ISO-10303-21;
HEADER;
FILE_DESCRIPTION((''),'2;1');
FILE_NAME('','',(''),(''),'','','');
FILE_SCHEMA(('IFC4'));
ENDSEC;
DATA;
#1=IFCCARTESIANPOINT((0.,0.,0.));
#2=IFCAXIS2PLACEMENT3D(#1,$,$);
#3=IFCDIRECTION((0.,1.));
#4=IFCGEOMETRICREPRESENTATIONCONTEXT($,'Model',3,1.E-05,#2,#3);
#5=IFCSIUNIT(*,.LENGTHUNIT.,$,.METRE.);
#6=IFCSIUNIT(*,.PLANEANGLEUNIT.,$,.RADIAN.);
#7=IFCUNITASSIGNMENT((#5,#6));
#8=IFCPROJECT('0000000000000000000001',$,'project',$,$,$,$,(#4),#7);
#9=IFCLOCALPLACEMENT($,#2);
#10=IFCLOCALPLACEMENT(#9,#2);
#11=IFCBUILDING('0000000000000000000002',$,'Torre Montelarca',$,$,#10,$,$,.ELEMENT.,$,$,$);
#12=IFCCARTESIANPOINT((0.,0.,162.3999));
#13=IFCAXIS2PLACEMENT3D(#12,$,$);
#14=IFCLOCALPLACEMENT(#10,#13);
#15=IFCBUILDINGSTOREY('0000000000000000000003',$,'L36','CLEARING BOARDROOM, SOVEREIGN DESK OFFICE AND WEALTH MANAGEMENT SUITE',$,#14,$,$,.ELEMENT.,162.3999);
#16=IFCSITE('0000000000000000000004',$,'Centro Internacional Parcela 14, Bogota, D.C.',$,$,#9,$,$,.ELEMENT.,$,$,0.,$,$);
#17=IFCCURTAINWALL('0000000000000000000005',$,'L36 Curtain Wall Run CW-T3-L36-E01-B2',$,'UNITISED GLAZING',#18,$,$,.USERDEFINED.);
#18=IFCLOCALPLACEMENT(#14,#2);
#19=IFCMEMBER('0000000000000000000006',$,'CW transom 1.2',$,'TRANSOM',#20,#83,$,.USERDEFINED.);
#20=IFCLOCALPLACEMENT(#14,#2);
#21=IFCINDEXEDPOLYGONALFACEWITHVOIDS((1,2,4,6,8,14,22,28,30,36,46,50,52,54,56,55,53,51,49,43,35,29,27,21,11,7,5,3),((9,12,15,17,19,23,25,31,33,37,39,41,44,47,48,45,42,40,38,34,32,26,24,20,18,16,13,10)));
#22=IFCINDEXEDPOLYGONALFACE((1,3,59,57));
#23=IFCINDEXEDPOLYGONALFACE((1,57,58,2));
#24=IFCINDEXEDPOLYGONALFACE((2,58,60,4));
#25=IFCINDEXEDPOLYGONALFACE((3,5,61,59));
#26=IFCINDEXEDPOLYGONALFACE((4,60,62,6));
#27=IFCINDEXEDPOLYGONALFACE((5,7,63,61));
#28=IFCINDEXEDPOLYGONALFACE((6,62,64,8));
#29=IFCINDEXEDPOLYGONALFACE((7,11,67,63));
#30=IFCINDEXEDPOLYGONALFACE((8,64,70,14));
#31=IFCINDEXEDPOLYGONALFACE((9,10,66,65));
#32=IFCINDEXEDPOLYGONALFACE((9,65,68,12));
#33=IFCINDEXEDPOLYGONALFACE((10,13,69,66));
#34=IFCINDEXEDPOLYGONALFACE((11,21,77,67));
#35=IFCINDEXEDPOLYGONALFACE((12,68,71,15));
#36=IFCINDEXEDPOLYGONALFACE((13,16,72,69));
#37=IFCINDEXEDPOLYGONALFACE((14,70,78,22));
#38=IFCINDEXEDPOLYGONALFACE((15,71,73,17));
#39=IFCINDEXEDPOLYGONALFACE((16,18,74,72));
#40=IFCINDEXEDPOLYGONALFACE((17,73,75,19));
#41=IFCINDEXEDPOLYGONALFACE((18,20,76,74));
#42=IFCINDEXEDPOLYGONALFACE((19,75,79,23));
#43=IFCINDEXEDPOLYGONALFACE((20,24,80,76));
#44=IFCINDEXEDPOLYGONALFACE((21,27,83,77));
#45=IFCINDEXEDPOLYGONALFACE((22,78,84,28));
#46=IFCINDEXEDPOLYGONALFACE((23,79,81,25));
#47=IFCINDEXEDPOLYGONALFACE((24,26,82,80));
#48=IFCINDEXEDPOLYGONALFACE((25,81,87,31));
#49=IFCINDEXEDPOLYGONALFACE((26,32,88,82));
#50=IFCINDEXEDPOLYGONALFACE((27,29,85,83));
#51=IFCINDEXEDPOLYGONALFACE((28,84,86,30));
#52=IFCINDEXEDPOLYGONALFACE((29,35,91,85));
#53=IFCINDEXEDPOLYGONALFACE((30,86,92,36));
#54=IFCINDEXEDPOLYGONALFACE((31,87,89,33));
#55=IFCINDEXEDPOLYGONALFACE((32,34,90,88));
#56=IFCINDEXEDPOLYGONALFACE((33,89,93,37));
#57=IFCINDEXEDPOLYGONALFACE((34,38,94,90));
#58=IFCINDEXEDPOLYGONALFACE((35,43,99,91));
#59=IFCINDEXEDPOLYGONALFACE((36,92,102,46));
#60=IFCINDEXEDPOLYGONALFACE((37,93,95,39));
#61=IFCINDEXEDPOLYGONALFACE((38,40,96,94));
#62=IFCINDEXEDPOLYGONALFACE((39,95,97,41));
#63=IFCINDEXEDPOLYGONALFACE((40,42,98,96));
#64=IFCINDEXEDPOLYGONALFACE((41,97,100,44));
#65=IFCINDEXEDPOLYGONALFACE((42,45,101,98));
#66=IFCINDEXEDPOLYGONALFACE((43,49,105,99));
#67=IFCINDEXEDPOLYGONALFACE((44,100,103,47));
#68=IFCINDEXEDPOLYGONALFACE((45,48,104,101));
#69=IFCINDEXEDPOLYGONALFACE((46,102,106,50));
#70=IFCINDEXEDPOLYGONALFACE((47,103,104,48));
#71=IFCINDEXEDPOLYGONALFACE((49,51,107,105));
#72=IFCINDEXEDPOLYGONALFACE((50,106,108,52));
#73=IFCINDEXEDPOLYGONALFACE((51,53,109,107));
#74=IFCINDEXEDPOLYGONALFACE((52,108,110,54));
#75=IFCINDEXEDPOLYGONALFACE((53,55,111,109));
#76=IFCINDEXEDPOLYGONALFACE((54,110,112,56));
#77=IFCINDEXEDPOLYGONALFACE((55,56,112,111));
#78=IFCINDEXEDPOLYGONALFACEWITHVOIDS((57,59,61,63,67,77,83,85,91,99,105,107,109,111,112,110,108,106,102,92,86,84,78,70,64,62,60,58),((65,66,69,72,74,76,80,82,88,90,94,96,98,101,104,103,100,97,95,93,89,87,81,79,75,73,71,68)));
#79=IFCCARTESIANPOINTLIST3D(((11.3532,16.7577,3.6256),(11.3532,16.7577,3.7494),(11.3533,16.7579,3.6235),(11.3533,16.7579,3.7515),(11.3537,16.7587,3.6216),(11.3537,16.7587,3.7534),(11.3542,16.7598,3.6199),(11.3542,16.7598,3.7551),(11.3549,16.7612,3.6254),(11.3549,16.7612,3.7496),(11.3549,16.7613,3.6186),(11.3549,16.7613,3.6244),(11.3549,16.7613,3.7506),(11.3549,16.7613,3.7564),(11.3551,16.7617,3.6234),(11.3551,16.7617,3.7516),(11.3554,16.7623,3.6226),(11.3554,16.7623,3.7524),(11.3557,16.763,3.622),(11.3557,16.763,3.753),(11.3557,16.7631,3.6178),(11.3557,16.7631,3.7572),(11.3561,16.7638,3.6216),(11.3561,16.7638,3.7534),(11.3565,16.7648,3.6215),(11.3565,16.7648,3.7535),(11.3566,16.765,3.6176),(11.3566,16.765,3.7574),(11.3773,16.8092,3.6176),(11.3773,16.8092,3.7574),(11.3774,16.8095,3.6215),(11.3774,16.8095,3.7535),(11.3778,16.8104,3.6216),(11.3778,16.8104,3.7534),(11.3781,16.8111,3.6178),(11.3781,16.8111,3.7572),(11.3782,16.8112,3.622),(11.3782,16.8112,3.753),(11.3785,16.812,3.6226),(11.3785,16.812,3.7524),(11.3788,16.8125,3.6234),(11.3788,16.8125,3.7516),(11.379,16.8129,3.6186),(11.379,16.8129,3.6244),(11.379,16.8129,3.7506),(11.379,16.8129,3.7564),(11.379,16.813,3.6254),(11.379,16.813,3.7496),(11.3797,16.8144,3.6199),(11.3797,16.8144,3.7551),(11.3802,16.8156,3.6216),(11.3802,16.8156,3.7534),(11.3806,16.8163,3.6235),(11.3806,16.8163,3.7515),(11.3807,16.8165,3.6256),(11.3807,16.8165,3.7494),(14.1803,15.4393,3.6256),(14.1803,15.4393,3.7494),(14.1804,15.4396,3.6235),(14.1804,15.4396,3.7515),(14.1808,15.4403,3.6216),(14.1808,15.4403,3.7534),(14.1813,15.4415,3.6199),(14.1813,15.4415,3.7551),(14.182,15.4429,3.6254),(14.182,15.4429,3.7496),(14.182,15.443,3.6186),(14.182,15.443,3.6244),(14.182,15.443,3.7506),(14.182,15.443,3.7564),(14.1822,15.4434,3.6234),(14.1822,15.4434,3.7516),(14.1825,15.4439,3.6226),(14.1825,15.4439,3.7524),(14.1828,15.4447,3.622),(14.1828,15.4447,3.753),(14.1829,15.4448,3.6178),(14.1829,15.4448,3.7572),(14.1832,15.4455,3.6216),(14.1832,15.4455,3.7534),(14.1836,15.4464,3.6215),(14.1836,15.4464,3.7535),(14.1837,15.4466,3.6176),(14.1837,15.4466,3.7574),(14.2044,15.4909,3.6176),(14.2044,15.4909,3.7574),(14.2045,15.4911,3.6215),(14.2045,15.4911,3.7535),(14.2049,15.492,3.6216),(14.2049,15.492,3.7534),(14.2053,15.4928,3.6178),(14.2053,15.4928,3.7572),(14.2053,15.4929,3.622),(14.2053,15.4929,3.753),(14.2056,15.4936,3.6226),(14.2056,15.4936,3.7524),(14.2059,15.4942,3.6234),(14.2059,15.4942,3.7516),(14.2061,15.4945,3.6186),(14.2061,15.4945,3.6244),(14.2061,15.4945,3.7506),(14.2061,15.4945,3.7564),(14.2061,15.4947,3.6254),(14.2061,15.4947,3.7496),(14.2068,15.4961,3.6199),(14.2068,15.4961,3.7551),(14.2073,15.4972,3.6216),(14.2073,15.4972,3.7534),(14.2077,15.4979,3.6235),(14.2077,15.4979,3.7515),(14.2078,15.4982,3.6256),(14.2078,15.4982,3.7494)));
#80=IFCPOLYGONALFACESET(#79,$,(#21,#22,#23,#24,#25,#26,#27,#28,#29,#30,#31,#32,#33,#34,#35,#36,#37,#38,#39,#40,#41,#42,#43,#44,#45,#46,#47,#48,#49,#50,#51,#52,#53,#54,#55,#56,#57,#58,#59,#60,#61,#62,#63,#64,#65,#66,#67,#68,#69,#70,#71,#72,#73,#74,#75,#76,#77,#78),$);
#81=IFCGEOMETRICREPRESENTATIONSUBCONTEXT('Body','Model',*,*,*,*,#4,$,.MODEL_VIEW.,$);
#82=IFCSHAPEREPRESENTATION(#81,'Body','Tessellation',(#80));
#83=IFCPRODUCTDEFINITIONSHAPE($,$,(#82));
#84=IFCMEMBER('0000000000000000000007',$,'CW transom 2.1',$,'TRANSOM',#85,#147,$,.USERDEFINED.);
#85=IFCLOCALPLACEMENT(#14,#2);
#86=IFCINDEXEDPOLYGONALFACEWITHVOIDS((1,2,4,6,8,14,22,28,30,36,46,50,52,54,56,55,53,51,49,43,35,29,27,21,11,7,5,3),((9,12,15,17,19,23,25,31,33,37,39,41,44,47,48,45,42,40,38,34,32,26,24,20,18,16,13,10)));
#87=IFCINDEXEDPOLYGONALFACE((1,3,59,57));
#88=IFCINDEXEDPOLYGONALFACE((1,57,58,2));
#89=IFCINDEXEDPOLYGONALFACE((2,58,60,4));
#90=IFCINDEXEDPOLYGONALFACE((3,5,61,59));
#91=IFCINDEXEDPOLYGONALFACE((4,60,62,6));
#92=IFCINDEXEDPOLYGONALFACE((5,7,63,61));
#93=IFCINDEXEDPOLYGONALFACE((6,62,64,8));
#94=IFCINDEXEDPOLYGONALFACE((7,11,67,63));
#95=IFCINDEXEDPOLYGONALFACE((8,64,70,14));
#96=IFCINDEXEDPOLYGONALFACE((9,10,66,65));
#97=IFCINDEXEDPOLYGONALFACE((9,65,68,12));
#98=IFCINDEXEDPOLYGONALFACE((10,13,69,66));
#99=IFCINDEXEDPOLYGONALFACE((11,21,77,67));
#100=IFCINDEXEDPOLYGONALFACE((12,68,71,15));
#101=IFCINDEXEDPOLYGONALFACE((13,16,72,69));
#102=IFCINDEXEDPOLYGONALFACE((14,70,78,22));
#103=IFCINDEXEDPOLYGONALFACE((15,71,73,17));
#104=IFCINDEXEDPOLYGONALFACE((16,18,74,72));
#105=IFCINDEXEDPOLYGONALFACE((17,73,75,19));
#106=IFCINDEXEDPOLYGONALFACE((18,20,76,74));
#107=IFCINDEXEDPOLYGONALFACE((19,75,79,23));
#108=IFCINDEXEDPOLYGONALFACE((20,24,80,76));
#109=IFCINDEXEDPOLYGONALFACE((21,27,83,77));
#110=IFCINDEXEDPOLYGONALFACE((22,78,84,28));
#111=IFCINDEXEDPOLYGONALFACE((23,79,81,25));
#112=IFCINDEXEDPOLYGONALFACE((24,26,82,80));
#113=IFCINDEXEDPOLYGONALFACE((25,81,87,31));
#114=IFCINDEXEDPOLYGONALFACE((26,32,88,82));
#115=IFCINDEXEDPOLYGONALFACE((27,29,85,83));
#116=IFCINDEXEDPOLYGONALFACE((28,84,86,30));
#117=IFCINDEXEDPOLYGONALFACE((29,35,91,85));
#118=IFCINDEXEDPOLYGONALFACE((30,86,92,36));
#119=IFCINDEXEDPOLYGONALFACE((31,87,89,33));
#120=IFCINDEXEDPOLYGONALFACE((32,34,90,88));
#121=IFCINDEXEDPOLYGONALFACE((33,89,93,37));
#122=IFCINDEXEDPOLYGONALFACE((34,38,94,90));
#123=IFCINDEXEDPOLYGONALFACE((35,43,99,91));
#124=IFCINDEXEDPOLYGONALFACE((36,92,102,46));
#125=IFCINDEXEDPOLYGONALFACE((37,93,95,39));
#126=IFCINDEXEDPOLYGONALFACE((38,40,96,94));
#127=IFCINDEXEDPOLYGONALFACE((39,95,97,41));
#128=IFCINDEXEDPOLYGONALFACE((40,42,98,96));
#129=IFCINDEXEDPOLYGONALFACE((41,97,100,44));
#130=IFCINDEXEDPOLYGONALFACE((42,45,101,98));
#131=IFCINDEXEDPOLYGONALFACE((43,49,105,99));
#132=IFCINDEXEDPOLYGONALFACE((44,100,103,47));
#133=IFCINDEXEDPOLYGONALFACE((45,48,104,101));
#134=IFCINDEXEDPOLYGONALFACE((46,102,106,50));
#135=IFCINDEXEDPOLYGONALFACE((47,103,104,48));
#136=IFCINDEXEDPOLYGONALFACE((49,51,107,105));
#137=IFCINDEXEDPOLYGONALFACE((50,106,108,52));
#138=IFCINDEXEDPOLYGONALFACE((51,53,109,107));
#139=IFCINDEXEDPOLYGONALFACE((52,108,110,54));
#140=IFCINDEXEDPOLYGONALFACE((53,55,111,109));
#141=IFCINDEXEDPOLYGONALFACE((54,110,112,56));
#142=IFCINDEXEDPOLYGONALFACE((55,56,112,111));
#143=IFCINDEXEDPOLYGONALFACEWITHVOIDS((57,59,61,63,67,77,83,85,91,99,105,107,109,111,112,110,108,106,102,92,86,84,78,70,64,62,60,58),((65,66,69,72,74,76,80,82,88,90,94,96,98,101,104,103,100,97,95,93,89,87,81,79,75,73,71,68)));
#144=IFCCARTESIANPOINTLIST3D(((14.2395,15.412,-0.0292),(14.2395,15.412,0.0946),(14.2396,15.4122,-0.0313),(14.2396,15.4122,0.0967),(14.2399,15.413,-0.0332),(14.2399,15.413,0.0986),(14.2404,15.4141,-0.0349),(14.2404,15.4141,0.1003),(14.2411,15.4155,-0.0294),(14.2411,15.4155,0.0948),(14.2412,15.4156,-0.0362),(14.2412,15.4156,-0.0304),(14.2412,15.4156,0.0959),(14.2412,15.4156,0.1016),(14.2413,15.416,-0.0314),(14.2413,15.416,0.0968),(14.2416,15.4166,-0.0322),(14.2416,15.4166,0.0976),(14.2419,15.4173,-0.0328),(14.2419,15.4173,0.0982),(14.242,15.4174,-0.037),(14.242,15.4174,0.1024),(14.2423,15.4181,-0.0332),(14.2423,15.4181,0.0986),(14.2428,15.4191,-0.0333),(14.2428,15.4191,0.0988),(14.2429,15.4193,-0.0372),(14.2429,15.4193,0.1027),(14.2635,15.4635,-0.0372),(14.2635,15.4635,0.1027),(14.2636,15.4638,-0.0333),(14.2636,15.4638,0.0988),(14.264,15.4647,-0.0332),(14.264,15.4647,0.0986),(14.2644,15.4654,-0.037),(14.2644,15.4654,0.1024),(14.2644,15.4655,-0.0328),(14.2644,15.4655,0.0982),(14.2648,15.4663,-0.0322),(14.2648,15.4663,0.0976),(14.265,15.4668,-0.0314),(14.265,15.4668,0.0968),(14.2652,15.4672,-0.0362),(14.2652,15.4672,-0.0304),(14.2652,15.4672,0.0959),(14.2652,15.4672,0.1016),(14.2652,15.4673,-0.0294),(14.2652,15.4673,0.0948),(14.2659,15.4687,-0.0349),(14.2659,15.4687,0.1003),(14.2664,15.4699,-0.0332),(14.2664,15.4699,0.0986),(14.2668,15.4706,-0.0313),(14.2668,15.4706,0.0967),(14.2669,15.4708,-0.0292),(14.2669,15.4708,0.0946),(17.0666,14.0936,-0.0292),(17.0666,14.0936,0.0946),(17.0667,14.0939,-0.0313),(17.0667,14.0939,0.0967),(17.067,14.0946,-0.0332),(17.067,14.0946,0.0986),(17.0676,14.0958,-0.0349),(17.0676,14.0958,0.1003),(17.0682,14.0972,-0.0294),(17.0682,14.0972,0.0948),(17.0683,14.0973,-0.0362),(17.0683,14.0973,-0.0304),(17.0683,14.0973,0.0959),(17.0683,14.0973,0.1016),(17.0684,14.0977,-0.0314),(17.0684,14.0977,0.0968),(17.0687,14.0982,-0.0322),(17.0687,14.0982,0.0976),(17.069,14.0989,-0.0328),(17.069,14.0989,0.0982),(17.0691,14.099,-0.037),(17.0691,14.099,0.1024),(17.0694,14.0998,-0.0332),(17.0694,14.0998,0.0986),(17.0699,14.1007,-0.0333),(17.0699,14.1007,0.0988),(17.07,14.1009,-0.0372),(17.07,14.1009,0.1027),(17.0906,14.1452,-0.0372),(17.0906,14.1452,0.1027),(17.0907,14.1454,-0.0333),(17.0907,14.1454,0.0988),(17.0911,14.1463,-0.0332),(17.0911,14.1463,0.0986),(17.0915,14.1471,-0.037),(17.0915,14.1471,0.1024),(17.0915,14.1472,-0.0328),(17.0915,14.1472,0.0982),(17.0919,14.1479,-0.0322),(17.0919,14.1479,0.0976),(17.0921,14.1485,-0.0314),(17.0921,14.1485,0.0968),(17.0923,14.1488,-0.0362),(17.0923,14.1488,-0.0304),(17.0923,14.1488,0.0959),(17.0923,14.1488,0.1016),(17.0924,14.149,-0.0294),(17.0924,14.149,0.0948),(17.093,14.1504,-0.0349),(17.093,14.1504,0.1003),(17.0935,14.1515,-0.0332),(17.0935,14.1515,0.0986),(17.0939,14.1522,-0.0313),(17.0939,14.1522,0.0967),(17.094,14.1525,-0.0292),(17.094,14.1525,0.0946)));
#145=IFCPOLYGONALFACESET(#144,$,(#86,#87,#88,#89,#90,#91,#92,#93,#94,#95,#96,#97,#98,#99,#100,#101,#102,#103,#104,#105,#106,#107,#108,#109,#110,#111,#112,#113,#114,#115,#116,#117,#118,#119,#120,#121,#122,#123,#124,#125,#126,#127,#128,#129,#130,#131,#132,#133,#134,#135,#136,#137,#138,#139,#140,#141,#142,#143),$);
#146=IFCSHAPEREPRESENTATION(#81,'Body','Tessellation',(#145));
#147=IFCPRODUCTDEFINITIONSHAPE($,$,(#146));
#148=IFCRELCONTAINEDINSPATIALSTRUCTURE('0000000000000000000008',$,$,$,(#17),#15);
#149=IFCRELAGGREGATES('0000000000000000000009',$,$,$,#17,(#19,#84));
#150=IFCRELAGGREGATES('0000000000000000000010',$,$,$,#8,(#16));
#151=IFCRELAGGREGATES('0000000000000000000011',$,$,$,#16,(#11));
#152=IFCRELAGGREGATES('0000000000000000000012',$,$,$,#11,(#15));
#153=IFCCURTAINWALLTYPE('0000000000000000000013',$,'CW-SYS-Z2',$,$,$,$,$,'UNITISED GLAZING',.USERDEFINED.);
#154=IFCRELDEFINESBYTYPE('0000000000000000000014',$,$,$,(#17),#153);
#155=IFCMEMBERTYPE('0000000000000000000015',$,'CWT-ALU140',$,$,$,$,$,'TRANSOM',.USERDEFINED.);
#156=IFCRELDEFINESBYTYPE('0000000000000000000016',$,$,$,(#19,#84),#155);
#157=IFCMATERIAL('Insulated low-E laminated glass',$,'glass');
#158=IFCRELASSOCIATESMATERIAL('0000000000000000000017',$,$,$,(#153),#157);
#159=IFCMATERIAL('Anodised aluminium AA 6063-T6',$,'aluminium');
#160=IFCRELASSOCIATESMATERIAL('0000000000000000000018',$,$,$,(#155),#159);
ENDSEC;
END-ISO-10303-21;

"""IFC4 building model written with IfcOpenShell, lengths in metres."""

from ifc_helpers import new_model, si_unit, direction, frame, origin, origin_2d, place, context, subcontext, project, spatial, hollow_rectangle, extrude, source, transform, mapped, material, material_profile, profile_set, type_object, element, aggregate, save


model = new_model("IFC4")

# Units and contexts
model_context = context("Model", 3, precision=1e-05, world=origin(), true_north=direction((0.0, 1.0)))
body_context = subcontext(model_context, "Body", "Model", "MODEL_VIEW")
ifc_project = project(units=[si_unit("LENGTHUNIT", "METRE"), si_unit("PLANEANGLEUNIT", "RADIAN")], contexts=[model_context])

# Site, building, storey
site_placement = place(None, origin())
site = spatial("IfcSite", under=ifc_project, at=site_placement, Name="Centro Internacional Parcela 14, Bogota, D.C.", CompositionType="ELEMENT", RefElevation=0.0)
building_placement = place(site_placement, origin())
building = spatial("IfcBuilding", under=site, at=building_placement, Name="Torre Montelarca", CompositionType="ELEMENT")
storey_placement = place(building_placement, frame((0.0, 0.0, 162.3999)))
storey = spatial("IfcBuildingStorey", under=building, at=storey_placement, Name="L36", Description="CLEARING BOARDROOM, SOVEREIGN DESK OFFICE AND WEALTH MANAGEMENT SUITE", CompositionType="ELEMENT", Elevation=162.3999)

# Curtain wall
ifc_material_1 = material(Name="Insulated low-E laminated glass", Category="glass")
curtain_wall_type = type_object("IfcCurtainWallType", Name="CW-SYS-Z2", ElementType="UNITISED GLAZING", PredefinedType="USERDEFINED", material=ifc_material_1)
ifc_material_2 = material(Name="Anodised aluminium AA 6063-T6", Category="aluminium")
curtain_wall_1_placement = place(storey_placement, origin())
curtain_wall_1 = element("IfcCurtainWall", 1, at=curtain_wall_1_placement, inside=storey, type_object=curtain_wall_type, Name="L36 Curtain Wall Run CW-T3-L36-E01-B2", ObjectType="UNITISED GLAZING", PredefinedType="USERDEFINED")

# Members
ifc_material_profile_1 = material_profile(ifc_material_2, hollow_rectangle(XDim=0.0649, YDim=0.1399, WallThickness=0.0039, InnerFilletRadius=0.0039, OuterFilletRadius=0.0081, at=origin_2d()), Name="ALU65X140X4", Category="aluminium")
ifc_profile_set_1 = profile_set([ifc_material_profile_1], Name="Anodised aluminium AA 6063-T6")
member_type_1 = type_object("IfcMemberType", Name="CWT-ALU140", ElementType="TRANSOM", PredefinedType="USERDEFINED", material=ifc_profile_set_1)
shared_shape_1 = source(origin(), body_context, "Body", "SweptSolid", [
    extrude(hollow_rectangle(XDim=0.0649, YDim=0.1399, WallThickness=0.0039, InnerFilletRadius=0.0039, OuterFilletRadius=0.0081, at=origin_2d()), origin(), (0.0, 0.0, 1.0), 3.1194),
])
member_1_placement = place(storey_placement, frame((11.3669, 16.7871, 3.6875), z_axis=(0.906303, -0.422628, 0.0), x_axis=(0.422628, 0.906303, 0.0)))
member_1 = element("IfcMember", 2, at=member_1_placement, type_object=member_type_1, Name="CW transom 1.2", ObjectType="TRANSOM", PredefinedType="USERDEFINED", context=body_context, shape_type="MappedRepresentation", body=[
    mapped(shared_shape_1, transform((0.0, 0.0, 0.0), scale=1.0)),
])
member_2_placement = place(storey_placement, frame((14.2532, 15.4414, 0.0327), z_axis=(0.906303, -0.422628, 0.0), x_axis=(0.422628, 0.906303, 0.0)))
member_2 = element("IfcMember", 3, at=member_2_placement, type_object=member_type_1, Name="CW transom 2.1", ObjectType="TRANSOM", PredefinedType="USERDEFINED", context=body_context, shape_type="MappedRepresentation", body=[
    mapped(shared_shape_1, transform((0.0, 0.0, 0.0), scale=1.0)),
])

aggregate(curtain_wall_1, [member_1, member_2])

save(model, "model.ifc")
